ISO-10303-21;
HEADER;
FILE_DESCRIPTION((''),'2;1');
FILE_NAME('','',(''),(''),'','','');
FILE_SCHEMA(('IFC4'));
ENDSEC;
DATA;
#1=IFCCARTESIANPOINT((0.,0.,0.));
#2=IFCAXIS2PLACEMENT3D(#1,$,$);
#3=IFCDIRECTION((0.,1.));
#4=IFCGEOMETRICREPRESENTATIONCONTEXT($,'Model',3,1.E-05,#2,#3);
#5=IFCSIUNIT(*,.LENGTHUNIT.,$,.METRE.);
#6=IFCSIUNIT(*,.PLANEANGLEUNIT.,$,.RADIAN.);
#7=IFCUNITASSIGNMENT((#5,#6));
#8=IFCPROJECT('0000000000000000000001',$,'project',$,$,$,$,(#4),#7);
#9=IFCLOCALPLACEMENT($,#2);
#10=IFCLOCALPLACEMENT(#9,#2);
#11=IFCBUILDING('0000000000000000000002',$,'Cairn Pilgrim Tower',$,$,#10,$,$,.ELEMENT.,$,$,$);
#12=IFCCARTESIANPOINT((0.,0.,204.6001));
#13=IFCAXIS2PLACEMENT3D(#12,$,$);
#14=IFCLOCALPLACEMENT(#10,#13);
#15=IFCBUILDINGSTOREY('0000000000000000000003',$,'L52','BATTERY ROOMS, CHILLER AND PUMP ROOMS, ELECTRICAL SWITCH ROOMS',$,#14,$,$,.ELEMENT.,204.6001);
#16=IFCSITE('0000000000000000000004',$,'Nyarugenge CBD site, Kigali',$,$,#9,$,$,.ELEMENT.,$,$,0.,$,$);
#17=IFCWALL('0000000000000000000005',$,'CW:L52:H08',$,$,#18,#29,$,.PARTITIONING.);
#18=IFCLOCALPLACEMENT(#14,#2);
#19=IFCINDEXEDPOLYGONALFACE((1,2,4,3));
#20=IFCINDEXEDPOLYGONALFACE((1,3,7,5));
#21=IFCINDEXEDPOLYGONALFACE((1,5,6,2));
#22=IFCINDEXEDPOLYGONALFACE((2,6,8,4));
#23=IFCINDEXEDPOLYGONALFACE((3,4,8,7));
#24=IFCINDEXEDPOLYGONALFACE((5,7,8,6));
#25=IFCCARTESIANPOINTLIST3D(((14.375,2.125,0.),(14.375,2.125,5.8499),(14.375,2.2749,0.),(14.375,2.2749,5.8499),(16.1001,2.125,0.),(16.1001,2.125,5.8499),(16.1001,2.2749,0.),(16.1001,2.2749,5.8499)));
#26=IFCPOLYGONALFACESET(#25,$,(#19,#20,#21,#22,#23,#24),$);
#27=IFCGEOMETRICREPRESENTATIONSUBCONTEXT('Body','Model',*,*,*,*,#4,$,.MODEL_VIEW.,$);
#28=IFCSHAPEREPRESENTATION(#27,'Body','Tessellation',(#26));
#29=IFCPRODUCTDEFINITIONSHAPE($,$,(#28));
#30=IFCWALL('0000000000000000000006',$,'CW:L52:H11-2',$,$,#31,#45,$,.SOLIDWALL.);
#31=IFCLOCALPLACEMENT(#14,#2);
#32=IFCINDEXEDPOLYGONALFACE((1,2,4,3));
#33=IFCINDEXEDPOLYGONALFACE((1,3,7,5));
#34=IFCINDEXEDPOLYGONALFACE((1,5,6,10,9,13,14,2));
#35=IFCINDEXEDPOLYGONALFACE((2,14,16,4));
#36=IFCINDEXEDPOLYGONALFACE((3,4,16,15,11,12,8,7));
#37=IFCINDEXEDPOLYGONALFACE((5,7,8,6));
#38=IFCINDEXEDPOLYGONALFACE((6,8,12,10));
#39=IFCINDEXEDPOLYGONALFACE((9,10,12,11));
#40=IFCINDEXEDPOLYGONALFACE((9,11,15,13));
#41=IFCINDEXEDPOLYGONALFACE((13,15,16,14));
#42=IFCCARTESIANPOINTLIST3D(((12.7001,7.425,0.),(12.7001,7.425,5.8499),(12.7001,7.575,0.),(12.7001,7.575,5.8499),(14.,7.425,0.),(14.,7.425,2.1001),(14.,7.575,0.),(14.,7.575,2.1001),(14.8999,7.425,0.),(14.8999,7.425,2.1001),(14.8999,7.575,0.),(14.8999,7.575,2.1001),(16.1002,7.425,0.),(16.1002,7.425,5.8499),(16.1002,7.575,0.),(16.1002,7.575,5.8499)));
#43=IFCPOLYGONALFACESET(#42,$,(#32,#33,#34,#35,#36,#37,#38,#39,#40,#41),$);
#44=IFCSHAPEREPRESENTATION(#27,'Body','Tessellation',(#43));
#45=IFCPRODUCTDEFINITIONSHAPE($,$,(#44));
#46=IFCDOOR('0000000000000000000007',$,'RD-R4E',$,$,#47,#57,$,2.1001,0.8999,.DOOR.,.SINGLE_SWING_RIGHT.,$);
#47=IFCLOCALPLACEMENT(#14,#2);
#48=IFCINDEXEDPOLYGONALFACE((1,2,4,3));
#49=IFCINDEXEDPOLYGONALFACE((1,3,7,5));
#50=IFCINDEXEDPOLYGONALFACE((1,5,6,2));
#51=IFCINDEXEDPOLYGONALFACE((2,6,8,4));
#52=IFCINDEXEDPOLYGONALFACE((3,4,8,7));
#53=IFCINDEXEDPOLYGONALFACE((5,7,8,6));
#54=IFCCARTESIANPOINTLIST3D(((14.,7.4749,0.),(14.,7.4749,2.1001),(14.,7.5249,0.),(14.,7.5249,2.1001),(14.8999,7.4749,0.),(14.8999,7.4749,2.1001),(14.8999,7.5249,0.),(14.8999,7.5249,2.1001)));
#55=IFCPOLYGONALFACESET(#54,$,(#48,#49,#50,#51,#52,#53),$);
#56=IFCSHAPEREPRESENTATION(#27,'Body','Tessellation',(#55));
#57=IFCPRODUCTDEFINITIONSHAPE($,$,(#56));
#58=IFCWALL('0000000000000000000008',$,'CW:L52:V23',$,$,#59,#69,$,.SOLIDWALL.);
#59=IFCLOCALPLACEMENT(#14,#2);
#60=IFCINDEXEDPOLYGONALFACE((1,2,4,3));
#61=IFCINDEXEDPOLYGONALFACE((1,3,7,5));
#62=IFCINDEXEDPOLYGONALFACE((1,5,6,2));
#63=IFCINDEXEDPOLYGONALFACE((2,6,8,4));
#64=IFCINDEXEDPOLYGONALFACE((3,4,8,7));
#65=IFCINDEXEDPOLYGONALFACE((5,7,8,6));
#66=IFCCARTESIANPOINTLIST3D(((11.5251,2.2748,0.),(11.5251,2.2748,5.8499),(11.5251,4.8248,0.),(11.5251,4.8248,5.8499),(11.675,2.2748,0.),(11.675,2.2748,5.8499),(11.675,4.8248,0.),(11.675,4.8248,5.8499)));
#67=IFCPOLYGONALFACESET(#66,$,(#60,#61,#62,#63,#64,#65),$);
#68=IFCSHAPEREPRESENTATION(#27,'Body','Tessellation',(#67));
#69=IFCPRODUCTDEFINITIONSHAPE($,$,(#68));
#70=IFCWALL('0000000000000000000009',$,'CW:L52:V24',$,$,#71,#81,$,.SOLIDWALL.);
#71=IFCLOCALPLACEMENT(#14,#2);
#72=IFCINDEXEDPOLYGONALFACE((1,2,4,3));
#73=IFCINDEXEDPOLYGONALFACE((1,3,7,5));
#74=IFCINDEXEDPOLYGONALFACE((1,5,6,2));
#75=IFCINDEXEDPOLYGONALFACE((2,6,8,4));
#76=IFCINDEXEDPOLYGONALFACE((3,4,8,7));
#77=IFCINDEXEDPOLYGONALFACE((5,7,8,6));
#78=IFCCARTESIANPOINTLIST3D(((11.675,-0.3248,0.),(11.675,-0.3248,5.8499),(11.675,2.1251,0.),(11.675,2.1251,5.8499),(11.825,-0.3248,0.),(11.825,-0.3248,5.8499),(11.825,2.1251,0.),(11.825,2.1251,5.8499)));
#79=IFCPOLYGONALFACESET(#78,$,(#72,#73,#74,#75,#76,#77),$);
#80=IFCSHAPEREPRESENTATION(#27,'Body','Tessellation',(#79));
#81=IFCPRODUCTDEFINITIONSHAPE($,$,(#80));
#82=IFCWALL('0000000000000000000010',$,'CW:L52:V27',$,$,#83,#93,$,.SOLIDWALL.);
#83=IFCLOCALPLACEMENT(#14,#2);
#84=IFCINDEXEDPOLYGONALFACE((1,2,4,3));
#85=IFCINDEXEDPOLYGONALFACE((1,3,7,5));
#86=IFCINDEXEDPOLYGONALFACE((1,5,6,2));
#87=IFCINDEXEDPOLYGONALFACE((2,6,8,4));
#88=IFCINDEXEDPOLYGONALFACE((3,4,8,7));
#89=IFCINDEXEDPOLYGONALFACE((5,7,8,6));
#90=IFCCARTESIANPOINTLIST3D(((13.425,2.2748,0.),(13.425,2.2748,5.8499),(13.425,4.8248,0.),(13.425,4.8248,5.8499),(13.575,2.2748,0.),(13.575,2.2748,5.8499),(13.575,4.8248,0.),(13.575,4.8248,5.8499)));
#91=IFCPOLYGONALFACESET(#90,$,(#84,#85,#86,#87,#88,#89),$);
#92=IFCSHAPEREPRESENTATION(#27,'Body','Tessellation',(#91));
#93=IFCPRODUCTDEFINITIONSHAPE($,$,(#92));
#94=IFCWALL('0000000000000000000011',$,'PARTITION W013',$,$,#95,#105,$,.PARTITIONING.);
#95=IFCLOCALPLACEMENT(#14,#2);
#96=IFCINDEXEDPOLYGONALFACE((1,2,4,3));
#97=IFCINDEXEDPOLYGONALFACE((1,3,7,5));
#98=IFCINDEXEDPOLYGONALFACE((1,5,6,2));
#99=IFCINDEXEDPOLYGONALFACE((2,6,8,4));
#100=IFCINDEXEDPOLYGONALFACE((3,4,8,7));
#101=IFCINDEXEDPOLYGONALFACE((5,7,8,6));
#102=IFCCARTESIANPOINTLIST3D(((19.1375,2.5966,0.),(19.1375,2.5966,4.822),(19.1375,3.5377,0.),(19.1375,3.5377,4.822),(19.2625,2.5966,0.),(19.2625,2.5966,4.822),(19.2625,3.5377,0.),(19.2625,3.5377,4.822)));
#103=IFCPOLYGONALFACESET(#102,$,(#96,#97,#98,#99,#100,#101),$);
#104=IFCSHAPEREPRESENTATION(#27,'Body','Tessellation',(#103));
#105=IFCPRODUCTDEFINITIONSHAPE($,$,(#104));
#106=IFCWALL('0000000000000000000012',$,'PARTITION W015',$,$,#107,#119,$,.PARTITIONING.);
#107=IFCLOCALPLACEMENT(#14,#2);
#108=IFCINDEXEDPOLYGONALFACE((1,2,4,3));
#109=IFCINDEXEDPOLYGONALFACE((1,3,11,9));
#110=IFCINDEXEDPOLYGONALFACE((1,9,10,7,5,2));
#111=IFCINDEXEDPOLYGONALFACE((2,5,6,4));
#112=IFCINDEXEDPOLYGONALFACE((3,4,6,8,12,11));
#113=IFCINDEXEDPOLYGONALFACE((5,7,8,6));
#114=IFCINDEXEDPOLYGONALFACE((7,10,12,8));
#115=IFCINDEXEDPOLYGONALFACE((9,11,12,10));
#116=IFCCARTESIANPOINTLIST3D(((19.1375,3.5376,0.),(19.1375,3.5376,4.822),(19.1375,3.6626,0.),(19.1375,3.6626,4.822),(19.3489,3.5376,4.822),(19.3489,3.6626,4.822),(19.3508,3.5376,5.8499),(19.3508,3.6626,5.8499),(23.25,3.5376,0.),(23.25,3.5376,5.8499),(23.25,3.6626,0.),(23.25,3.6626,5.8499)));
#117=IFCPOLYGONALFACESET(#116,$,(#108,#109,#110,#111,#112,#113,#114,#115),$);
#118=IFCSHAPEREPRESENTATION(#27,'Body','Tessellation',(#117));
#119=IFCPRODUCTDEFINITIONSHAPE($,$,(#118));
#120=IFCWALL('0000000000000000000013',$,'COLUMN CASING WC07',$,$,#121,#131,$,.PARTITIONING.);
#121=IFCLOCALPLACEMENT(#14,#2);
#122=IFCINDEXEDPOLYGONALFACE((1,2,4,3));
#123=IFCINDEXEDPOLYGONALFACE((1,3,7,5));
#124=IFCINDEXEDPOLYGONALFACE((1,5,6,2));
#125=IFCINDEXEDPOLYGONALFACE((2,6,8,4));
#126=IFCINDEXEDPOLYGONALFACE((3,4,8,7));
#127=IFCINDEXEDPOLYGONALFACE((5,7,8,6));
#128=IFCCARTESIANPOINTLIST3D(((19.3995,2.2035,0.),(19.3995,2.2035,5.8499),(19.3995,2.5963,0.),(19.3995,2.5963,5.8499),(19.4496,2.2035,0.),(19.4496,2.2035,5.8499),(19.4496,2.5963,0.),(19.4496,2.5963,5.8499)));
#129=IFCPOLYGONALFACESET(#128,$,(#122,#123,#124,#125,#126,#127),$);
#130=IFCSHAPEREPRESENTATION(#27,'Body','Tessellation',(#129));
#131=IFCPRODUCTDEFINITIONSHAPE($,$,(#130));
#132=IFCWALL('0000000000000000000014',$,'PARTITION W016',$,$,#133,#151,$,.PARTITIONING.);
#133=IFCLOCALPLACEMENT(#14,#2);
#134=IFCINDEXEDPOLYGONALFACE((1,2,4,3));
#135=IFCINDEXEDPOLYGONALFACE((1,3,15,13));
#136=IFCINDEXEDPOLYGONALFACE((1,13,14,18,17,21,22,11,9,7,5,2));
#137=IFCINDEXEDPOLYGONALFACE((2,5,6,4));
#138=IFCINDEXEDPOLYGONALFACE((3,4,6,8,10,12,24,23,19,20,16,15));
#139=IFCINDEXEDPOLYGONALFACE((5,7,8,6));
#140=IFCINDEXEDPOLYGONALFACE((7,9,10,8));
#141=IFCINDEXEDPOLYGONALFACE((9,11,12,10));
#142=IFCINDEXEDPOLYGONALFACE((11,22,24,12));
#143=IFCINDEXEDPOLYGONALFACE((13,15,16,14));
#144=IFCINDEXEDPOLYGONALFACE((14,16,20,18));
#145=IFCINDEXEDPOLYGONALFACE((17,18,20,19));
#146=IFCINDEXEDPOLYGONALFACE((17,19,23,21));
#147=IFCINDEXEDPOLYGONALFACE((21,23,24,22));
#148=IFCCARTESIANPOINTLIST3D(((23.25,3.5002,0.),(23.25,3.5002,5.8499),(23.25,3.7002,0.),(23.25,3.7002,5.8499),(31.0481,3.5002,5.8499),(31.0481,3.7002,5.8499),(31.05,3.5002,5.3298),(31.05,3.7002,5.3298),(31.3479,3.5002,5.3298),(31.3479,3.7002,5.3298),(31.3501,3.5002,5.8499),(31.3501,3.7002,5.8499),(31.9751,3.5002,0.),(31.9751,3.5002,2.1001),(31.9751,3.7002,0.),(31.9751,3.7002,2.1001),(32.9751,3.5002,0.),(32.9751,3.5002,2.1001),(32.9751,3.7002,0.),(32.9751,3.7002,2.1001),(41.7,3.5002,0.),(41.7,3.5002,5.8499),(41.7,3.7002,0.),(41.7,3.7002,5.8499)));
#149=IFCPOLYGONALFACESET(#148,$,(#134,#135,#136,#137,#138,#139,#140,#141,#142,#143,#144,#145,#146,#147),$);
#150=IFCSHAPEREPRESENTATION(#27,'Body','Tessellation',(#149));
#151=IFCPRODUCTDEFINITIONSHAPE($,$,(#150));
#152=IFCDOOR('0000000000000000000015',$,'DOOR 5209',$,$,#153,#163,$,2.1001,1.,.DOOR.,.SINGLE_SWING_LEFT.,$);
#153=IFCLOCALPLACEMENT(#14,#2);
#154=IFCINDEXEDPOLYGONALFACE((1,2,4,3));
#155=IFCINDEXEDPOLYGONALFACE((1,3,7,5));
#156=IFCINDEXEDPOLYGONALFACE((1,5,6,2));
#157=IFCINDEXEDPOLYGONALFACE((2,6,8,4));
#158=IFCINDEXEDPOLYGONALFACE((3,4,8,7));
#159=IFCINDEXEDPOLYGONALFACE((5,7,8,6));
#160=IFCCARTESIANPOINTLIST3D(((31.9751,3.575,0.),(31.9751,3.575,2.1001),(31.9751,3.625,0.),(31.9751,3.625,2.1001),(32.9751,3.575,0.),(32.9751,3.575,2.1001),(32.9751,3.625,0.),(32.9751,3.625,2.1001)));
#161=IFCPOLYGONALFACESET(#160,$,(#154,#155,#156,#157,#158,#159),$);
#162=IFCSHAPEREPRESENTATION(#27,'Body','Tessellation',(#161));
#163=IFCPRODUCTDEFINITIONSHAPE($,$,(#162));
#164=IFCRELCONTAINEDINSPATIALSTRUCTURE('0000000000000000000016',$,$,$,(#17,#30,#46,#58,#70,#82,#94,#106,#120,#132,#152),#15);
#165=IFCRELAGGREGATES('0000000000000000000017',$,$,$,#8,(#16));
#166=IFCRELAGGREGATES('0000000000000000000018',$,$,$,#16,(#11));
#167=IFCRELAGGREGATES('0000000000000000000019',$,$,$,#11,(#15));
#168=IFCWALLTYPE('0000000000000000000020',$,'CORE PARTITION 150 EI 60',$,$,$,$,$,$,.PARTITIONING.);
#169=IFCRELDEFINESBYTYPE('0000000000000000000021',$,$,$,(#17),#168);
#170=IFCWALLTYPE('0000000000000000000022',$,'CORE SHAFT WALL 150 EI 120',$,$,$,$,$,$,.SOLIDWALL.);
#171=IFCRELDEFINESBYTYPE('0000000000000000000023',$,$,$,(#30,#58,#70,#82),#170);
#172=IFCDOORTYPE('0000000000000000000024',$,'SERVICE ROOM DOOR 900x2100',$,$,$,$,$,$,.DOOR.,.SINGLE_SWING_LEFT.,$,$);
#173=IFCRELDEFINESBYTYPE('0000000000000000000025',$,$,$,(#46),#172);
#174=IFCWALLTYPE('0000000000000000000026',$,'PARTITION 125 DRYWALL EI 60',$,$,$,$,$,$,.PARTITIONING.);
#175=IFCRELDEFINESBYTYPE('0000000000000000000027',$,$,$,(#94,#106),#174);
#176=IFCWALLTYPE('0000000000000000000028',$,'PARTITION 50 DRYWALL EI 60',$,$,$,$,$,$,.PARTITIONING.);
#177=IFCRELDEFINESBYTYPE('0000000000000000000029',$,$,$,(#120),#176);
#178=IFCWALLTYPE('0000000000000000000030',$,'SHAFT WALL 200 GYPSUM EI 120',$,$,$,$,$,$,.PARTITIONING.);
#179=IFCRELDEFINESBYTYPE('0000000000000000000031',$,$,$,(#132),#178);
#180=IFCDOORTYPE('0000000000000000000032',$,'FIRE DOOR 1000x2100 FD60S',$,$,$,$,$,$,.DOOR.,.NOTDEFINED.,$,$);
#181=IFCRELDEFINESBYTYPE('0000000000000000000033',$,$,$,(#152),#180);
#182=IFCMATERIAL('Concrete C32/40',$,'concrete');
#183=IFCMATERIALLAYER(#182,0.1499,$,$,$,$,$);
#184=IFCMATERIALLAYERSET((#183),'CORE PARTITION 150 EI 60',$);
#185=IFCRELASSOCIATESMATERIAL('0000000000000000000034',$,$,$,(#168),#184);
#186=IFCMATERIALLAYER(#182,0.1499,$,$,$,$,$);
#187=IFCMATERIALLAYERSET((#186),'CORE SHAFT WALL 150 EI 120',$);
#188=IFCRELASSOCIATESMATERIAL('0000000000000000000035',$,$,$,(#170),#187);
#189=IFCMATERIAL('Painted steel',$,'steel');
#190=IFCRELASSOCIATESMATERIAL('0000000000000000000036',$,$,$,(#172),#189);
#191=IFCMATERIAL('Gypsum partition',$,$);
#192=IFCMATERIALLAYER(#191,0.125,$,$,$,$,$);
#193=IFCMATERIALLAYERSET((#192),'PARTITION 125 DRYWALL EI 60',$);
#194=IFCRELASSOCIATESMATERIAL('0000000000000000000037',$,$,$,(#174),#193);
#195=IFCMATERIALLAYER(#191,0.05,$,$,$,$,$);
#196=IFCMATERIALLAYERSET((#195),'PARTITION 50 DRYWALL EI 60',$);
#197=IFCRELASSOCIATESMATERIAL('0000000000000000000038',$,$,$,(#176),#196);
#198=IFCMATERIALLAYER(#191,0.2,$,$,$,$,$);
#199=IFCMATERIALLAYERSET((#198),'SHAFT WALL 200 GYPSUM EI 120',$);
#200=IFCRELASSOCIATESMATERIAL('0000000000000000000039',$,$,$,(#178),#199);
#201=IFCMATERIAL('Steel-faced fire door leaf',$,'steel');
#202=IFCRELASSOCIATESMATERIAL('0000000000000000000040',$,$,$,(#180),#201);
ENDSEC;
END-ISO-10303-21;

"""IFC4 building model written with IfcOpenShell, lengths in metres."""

from ifc_helpers import new_model, si_unit, direction, frame, frame_2d, origin, place, context, subcontext, project, spatial, polyline, rectangle, outline, extrude, material, layer, layer_set, type_object, element, fill, save


model = new_model("IFC4")

# Units and contexts
model_context = context("Model", 3, precision=1e-05, world=origin(), true_north=direction((0.0, 1.0)))
body_context = subcontext(model_context, "Body", "Model", "MODEL_VIEW")
ifc_project = project(units=[si_unit("LENGTHUNIT", "METRE"), si_unit("PLANEANGLEUNIT", "RADIAN")], contexts=[model_context])

# Site, building, storey
site_placement = place(None, origin())
site = spatial("IfcSite", under=ifc_project, at=site_placement, Name="Nyarugenge CBD site, Kigali", CompositionType="ELEMENT", RefElevation=0.0)
building_placement = place(site_placement, origin())
building = spatial("IfcBuilding", under=site, at=building_placement, Name="Cairn Pilgrim Tower", CompositionType="ELEMENT")
storey_placement = place(building_placement, frame((0.0, 0.0, 204.6001)))
storey = spatial("IfcBuildingStorey", under=building, at=storey_placement, Name="L52", Description="BATTERY ROOMS, CHILLER AND PUMP ROOMS, ELECTRICAL SWITCH ROOMS", CompositionType="ELEMENT", Elevation=204.6001)

# Wall
ifc_material_1 = material(Name="Concrete C32/40", Category="concrete")
ifc_layer_1 = layer(ifc_material_1, 0.1499)
ifc_layer_set_1 = layer_set([ifc_layer_1], Name="CORE PARTITION 150 EI 60")
wall_type_1 = type_object("IfcWallType", Name="CORE PARTITION 150 EI 60", PredefinedType="PARTITIONING", material=ifc_layer_set_1)
wall_1_placement = place(storey_placement, frame((14.375, 2.2, 0.0), z_axis=(0.0, 0.0, 1.0), x_axis=(1.0, 0.0, 0.0)))
element("IfcWall", 1, at=wall_1_placement, inside=storey, type_object=wall_type_1, Name="CW:L52:H08", PredefinedType="PARTITIONING", context=body_context, shape_type="SweptSolid", body=[
    extrude(rectangle(XDim=1.7251, YDim=0.1499, at=frame_2d((0.8625, 0.0))), origin(), (0.0, 0.0, 1.0), 5.8499),
])

# Wall, opening, door
ifc_layer_2 = layer(ifc_material_1, 0.1499)
ifc_layer_set_2 = layer_set([ifc_layer_2], Name="CORE SHAFT WALL 150 EI 120")
wall_type_2 = type_object("IfcWallType", Name="CORE SHAFT WALL 150 EI 120", PredefinedType="SOLIDWALL", material=ifc_layer_set_2)
wall_2_placement = place(storey_placement, frame((12.7, 7.5, 0.0), z_axis=(0.0, 0.0, 1.0), x_axis=(1.0, 0.0, 0.0)))
wall_2 = element("IfcWall", 2, at=wall_2_placement, inside=storey, type_object=wall_type_2, Name="CW:L52:H11-2", PredefinedType="SOLIDWALL", context=body_context, shape_type="SweptSolid", body=[
    extrude(rectangle(XDim=3.4001, YDim=0.1499, at=frame_2d((1.7002, 0.0))), origin(), (0.0, 0.0, 1.0), 5.8499),
])
opening_1_placement = place(wall_2_placement, frame((1.3, 0.0, 0.0)))
opening_1 = element("IfcOpeningElement", 3, at=opening_1_placement, cuts=wall_2, PredefinedType="OPENING", context=body_context, shape_type="SweptSolid", body=[
    extrude(rectangle(XDim=0.8999, YDim=2.1001, at=frame_2d((0.45, 1.05))), frame((0.0, 0.085, 0.0), z_axis=(0.0, -1.0, 0.0), x_axis=(1.0, 0.0, 0.0)), (0.0, 0.0, 1.0), 0.1699),
])
ifc_material_2 = material(Name="Painted steel", Category="steel")
door_type_1 = type_object("IfcDoorType", Name="SERVICE ROOM DOOR 900x2100", OperationType="SINGLE_SWING_LEFT", PredefinedType="DOOR", material=ifc_material_2)
door_1_placement = place(opening_1_placement, origin())
door_1 = element("IfcDoor", 4, at=door_1_placement, inside=storey, type_object=door_type_1, Name="RD-R4E", OperationType="SINGLE_SWING_RIGHT", OverallHeight=2.1001, OverallWidth=0.8999, PredefinedType="DOOR", context=body_context, shape_type="SweptSolid", body=[
    extrude(rectangle(XDim=0.8999, YDim=2.1001, at=frame_2d((0.45, 1.05))), frame((0.0, 0.0249, 0.0), z_axis=(0.0, -1.0, 0.0), x_axis=(1.0, 0.0, 0.0)), (0.0, 0.0, 1.0), 0.05),
])
fill(opening_1, door_1)

# Walls
wall_3_placement = place(storey_placement, frame((11.6001, 2.2749, 0.0), z_axis=(0.0, 0.0, 1.0), x_axis=(0.0, 1.0, 0.0)))
element("IfcWall", 5, at=wall_3_placement, inside=storey, type_object=wall_type_2, Name="CW:L52:V23", PredefinedType="SOLIDWALL", context=body_context, shape_type="SweptSolid", body=[
    extrude(rectangle(XDim=2.55, YDim=0.1499, at=frame_2d((1.2749, 0.0))), origin(), (0.0, 0.0, 1.0), 5.8499),
])
wall_4_placement = place(storey_placement, frame((11.75, -0.325, 0.0), z_axis=(0.0, 0.0, 1.0), x_axis=(0.0, 1.0, 0.0)))
element("IfcWall", 6, at=wall_4_placement, inside=storey, type_object=wall_type_2, Name="CW:L52:V24", PredefinedType="SOLIDWALL", context=body_context, shape_type="SweptSolid", body=[
    extrude(rectangle(XDim=2.45, YDim=0.1499, at=frame_2d((1.2251, 0.0))), origin(), (0.0, 0.0, 1.0), 5.8499),
])
wall_5_placement = place(storey_placement, frame((13.5, 2.2749, 0.0), z_axis=(0.0, 0.0, 1.0), x_axis=(0.0, 1.0, 0.0)))
element("IfcWall", 7, at=wall_5_placement, inside=storey, type_object=wall_type_2, Name="CW:L52:V27", PredefinedType="SOLIDWALL", context=body_context, shape_type="SweptSolid", body=[
    extrude(rectangle(XDim=2.55, YDim=0.1499, at=frame_2d((1.2749, 0.0))), origin(), (0.0, 0.0, 1.0), 5.8499),
])
ifc_material_3 = material(Name="Gypsum partition")
ifc_layer_3 = layer(ifc_material_3, 0.125)
ifc_layer_set_3 = layer_set([ifc_layer_3], Name="PARTITION 125 DRYWALL EI 60")
wall_type_3 = type_object("IfcWallType", Name="PARTITION 125 DRYWALL EI 60", PredefinedType="PARTITIONING", material=ifc_layer_set_3)
wall_6_placement = place(storey_placement, frame((19.2, 2.5964, 0.0), z_axis=(0.0, 0.0, 1.0), x_axis=(0.0, 1.0, 0.0)))
element("IfcWall", 8, at=wall_6_placement, inside=storey, type_object=wall_type_3, Name="PARTITION W013", PredefinedType="PARTITIONING", context=body_context, shape_type="SweptSolid", body=[
    extrude(rectangle(XDim=0.9412, YDim=0.125, at=frame_2d((0.4707, 0.0))), origin(), (0.0, 0.0, 1.0), 4.822),
])
wall_7_placement = place(storey_placement, frame((19.1375, 3.6001, 0.0), z_axis=(0.0, 0.0, 1.0), x_axis=(1.0, 0.0, 0.0)))
element("IfcWall", 9, at=wall_7_placement, inside=storey, type_object=wall_type_3, Name="PARTITION W015", PredefinedType="PARTITIONING", context=body_context, shape_type="SweptSolid", body=[
    extrude(outline(polyline([(0.0, 0.0), (4.1125, 0.0), (4.1125, 5.8499), (0.2134, 5.8499), (0.2114, 4.822), (0.0, 4.822), (0.0, 0.0)])), frame((0.0, 0.0625, 0.0), z_axis=(0.0, -1.0, 0.0), x_axis=(1.0, 0.0, 0.0)), (0.0, 0.0, 1.0), 0.125),
])
ifc_layer_4 = layer(ifc_material_3, 0.05)
ifc_layer_set_4 = layer_set([ifc_layer_4], Name="PARTITION 50 DRYWALL EI 60")
wall_type_4 = type_object("IfcWallType", Name="PARTITION 50 DRYWALL EI 60", PredefinedType="PARTITIONING", material=ifc_layer_set_4)
wall_8_placement = place(storey_placement, frame((19.4246, 2.2036, 0.0), z_axis=(0.0, 0.0, 1.0), x_axis=(0.0, 1.0, 0.0)))
element("IfcWall", 10, at=wall_8_placement, inside=storey, type_object=wall_type_4, Name="COLUMN CASING WC07", PredefinedType="PARTITIONING", context=body_context, shape_type="SweptSolid", body=[
    extrude(rectangle(XDim=0.3928, YDim=0.05, at=frame_2d((0.1963, 0.0))), origin(), (0.0, 0.0, 1.0), 5.8499),
])

# Wall, opening, door
ifc_layer_5 = layer(ifc_material_3, 0.2)
ifc_layer_set_5 = layer_set([ifc_layer_5], Name="SHAFT WALL 200 GYPSUM EI 120")
wall_type_5 = type_object("IfcWallType", Name="SHAFT WALL 200 GYPSUM EI 120", PredefinedType="PARTITIONING", material=ifc_layer_set_5)
wall_9_placement = place(storey_placement, frame((23.25, 3.6001, 0.0), z_axis=(0.0, 0.0, 1.0), x_axis=(1.0, 0.0, 0.0)))
wall_9 = element("IfcWall", 11, at=wall_9_placement, inside=storey, type_object=wall_type_5, Name="PARTITION W016", PredefinedType="PARTITIONING", context=body_context, shape_type="SweptSolid", body=[
    extrude(outline(polyline([(0.0, 0.0), (18.45, 0.0), (18.45, 5.8499), (8.1001, 5.8499), (8.0979, 5.3298), (7.8, 5.3298), (7.7981, 5.8499), (0.0, 5.8499), (0.0, 0.0)])), frame((0.0, 0.1001, 0.0), z_axis=(0.0, -1.0, 0.0), x_axis=(1.0, 0.0, 0.0)), (0.0, 0.0, 1.0), 0.2),
])
opening_2_placement = place(wall_9_placement, frame((8.7251, 0.0, 0.0)))
opening_2 = element("IfcOpeningElement", 12, at=opening_2_placement, cuts=wall_9, PredefinedType="OPENING", context=body_context, shape_type="SweptSolid", body=[
    extrude(rectangle(XDim=1.0, YDim=2.1001, at=frame_2d((0.5, 1.05))), frame((0.0, 0.1099, 0.0), z_axis=(0.0, -1.0, 0.0), x_axis=(1.0, 0.0, 0.0)), (0.0, 0.0, 1.0), 0.22),
])
ifc_material_4 = material(Name="Steel-faced fire door leaf", Category="steel")
door_type_2 = type_object("IfcDoorType", Name="FIRE DOOR 1000x2100 FD60S", OperationType="NOTDEFINED", PredefinedType="DOOR", material=ifc_material_4)
door_2_placement = place(opening_2_placement, origin())
door_2 = element("IfcDoor", 13, at=door_2_placement, inside=storey, type_object=door_type_2, Name="DOOR 5209", OperationType="SINGLE_SWING_LEFT", OverallHeight=2.1001, OverallWidth=1.0, PredefinedType="DOOR", context=body_context, shape_type="SweptSolid", body=[
    extrude(rectangle(XDim=1.0, YDim=2.1001, at=frame_2d((0.5, 1.05))), frame((0.0, 0.0249, 0.0), z_axis=(0.0, -1.0, 0.0), x_axis=(1.0, 0.0, 0.0)), (0.0, 0.0, 1.0), 0.05),
])
fill(opening_2, door_2)

save(model, "model.ifc")
